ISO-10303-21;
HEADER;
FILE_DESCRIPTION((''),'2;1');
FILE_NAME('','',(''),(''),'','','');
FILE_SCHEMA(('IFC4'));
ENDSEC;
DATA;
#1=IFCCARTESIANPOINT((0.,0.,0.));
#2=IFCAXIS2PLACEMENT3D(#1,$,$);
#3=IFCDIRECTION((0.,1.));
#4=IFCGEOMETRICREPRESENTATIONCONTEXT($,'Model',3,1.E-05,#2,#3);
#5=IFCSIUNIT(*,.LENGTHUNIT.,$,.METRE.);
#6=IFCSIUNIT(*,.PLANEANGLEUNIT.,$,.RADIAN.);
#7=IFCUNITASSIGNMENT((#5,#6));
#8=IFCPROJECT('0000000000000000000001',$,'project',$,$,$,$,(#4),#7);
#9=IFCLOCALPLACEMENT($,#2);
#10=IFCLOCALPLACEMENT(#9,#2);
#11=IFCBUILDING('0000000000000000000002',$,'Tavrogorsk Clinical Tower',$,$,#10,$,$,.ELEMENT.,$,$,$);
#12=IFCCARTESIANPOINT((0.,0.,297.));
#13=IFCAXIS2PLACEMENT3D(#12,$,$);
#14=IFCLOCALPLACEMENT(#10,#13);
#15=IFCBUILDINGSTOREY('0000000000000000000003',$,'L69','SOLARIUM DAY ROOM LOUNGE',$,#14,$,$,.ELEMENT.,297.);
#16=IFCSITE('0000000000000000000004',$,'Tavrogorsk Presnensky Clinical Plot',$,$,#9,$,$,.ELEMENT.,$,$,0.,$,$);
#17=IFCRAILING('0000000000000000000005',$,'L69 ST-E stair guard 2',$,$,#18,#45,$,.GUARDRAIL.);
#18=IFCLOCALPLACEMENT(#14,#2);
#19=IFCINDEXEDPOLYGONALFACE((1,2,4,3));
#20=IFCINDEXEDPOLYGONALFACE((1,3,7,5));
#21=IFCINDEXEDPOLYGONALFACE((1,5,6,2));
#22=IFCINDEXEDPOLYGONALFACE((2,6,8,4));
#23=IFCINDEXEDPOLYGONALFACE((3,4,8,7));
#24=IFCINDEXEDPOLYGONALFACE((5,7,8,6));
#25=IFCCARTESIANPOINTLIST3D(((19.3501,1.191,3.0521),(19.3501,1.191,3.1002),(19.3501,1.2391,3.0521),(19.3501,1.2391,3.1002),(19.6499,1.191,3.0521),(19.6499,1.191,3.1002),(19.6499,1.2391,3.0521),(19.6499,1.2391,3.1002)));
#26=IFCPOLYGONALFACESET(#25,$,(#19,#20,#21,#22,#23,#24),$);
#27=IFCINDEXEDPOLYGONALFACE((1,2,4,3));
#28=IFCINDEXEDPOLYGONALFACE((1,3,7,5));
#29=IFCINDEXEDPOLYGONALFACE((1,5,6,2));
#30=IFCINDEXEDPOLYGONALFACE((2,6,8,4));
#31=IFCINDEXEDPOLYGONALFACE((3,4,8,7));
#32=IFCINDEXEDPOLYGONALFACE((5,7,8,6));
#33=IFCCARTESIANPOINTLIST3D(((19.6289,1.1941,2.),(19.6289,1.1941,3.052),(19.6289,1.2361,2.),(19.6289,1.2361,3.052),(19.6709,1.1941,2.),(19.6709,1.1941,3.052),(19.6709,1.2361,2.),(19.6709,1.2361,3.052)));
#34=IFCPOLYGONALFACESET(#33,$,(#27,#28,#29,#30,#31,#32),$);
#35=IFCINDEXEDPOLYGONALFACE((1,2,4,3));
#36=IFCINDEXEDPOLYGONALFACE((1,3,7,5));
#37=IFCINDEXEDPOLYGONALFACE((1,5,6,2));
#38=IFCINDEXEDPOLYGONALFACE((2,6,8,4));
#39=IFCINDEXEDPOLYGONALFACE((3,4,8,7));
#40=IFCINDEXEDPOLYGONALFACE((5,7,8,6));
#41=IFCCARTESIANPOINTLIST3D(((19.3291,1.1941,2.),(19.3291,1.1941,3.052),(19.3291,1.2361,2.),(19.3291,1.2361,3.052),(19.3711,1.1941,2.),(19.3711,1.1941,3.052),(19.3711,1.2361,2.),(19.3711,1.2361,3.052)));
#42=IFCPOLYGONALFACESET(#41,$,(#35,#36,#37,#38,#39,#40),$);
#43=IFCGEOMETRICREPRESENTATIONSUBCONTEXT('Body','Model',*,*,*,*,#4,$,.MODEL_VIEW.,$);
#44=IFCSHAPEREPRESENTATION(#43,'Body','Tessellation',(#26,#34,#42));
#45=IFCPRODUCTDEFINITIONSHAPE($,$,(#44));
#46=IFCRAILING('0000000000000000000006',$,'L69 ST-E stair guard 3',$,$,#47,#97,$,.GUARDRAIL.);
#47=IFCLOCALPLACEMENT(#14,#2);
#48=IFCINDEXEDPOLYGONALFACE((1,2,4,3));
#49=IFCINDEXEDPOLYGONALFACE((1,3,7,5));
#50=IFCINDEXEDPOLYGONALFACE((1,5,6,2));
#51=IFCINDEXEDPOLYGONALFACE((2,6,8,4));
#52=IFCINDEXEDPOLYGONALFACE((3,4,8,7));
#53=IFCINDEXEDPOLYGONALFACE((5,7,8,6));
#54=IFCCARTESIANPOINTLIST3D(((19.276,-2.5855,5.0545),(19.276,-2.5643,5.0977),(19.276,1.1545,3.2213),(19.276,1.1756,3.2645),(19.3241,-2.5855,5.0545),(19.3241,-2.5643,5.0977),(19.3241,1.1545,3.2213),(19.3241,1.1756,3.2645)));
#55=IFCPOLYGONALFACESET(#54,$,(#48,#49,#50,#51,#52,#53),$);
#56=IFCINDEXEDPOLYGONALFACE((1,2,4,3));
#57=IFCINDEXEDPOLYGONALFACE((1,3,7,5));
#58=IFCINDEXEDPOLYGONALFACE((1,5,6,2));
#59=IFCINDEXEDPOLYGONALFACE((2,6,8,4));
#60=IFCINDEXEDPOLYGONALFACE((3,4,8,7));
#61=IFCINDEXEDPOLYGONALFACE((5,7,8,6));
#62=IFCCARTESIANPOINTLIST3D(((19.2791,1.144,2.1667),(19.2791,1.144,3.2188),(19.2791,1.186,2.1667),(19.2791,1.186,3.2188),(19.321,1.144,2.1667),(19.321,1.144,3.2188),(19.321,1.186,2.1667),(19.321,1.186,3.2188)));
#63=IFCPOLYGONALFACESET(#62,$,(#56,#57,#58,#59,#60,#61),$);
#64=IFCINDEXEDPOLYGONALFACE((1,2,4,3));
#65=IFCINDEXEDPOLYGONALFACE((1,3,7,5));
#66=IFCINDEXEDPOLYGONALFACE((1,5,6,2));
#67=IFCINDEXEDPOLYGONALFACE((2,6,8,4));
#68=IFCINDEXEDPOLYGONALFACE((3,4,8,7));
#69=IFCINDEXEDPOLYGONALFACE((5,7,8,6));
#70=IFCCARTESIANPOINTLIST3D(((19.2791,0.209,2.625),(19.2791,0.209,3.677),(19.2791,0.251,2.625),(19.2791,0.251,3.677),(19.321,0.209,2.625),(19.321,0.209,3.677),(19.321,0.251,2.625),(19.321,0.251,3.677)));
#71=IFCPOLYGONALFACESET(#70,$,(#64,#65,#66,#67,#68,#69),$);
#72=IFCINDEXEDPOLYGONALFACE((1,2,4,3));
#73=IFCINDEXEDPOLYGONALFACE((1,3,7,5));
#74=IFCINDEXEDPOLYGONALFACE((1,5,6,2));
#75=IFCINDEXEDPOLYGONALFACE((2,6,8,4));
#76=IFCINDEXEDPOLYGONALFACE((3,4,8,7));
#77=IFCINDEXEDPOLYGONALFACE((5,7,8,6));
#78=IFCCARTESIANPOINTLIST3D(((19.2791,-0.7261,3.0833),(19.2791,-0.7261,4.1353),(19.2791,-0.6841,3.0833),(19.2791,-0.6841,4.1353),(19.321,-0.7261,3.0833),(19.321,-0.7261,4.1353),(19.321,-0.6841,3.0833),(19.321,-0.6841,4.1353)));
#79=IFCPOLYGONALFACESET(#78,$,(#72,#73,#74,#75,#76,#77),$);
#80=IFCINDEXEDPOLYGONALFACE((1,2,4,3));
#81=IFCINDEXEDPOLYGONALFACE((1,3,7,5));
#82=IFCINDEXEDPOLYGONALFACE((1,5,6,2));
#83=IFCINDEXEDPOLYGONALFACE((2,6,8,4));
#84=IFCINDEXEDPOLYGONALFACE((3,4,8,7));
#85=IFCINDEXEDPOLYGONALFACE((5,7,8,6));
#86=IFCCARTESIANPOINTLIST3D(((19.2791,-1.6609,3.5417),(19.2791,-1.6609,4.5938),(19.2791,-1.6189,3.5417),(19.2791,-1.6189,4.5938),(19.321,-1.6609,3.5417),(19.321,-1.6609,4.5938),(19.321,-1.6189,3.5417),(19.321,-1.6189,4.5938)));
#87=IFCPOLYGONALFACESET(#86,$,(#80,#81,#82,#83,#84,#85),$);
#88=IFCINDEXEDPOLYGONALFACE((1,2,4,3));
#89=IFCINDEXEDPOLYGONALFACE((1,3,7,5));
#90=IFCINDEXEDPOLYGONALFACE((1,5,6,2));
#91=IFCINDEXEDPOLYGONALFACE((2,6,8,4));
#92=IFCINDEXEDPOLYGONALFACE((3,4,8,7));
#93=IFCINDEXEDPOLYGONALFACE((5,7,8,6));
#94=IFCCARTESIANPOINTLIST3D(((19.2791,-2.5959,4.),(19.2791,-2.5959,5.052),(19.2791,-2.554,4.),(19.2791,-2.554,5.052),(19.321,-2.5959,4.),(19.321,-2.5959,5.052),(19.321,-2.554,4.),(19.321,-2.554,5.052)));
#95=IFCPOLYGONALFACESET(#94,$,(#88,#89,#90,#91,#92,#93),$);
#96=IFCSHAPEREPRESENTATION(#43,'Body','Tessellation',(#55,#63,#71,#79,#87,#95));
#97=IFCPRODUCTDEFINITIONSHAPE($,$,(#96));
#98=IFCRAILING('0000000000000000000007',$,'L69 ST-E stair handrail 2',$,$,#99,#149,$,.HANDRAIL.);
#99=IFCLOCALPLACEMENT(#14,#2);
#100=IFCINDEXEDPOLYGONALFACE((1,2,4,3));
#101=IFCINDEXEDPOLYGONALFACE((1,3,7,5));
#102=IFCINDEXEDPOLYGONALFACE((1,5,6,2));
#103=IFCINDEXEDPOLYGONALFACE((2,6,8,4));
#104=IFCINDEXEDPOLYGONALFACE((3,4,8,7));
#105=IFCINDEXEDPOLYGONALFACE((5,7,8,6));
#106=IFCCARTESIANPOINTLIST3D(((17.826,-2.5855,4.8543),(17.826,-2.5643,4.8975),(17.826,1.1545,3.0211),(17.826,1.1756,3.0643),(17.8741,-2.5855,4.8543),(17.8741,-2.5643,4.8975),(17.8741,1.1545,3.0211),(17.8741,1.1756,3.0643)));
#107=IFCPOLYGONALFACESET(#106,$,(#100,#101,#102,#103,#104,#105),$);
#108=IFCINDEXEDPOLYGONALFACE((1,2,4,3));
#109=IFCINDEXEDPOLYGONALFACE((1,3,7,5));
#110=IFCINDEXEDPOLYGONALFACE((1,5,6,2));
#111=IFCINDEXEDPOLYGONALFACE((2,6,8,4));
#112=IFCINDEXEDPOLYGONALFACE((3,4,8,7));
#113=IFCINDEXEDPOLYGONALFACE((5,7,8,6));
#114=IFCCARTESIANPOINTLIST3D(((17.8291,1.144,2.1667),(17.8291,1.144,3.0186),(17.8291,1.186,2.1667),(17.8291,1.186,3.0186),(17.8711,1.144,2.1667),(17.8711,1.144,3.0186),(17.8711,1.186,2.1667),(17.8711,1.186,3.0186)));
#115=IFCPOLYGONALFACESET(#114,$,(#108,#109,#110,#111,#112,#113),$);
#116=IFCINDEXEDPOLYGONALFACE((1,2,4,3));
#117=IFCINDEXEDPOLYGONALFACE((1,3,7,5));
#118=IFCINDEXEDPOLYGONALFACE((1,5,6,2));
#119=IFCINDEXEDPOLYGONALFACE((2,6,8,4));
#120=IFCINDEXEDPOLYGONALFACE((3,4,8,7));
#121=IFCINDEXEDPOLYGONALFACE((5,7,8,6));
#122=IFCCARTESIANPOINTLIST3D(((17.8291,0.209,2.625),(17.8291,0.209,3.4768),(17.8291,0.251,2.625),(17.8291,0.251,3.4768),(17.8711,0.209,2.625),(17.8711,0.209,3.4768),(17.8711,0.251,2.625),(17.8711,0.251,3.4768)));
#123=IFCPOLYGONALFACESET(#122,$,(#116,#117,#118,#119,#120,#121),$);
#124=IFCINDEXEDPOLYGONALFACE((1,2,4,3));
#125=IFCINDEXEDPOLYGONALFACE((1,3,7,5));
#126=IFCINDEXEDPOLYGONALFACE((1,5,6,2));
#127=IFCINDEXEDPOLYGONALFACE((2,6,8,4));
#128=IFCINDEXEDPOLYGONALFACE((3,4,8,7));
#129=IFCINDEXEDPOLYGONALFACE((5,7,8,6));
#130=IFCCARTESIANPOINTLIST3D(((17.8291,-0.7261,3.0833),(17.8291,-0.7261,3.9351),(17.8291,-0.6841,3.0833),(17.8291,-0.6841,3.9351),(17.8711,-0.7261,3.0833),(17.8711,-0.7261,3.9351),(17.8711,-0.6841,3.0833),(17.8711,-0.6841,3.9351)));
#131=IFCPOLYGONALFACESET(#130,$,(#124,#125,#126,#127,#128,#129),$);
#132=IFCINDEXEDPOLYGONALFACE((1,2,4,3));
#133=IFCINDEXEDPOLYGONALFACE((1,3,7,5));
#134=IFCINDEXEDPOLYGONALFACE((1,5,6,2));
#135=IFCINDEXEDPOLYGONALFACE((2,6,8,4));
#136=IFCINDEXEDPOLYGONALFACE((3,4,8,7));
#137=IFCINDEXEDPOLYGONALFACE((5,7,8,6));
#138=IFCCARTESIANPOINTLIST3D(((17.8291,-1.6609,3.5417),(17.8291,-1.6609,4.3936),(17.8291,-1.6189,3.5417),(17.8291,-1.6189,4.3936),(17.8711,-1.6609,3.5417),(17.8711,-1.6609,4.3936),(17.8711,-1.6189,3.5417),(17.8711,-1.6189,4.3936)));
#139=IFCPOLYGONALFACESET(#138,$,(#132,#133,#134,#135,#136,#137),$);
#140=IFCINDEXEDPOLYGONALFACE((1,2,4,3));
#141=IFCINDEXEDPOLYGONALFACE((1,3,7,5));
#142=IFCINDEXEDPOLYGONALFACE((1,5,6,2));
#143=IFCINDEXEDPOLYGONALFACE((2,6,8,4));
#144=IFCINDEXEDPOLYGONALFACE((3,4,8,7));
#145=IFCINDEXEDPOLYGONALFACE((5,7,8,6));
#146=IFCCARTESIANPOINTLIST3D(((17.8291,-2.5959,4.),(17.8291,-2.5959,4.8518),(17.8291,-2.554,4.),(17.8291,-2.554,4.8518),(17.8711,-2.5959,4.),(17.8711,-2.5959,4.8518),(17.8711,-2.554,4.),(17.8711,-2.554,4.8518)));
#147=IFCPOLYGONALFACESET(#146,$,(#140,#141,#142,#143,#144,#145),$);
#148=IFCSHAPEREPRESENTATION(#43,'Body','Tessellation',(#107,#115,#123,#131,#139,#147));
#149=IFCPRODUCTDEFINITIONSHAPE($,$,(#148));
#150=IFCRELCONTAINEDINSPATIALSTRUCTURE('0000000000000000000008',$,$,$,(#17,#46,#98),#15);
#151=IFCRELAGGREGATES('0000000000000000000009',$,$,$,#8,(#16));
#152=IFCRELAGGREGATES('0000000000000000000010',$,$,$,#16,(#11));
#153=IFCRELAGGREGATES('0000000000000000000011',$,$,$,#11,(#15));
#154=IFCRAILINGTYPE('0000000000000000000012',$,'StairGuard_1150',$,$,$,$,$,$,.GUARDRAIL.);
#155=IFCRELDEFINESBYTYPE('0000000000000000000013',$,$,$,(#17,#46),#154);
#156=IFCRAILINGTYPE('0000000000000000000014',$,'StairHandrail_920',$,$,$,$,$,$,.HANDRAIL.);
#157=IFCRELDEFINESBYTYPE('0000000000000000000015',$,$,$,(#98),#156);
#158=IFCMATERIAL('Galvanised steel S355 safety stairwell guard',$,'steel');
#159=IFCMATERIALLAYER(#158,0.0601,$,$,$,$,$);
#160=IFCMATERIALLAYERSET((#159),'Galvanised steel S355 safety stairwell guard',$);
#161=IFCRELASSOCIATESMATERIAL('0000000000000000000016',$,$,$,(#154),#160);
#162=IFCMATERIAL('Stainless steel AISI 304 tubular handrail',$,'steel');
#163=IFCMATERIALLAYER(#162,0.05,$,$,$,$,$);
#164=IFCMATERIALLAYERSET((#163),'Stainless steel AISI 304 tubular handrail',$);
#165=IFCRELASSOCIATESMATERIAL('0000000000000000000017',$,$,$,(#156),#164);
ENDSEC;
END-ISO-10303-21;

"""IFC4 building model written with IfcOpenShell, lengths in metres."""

from ifc_helpers import new_model, si_unit, direction, frame, origin, origin_2d, place, context, subcontext, project, spatial, rectangle, extrude, material, layer, layer_set, type_object, element, save


model = new_model("IFC4")

# Units and contexts
model_context = context("Model", 3, precision=1e-05, world=origin(), true_north=direction((0.0, 1.0)))
body_context = subcontext(model_context, "Body", "Model", "MODEL_VIEW")
ifc_project = project(units=[si_unit("LENGTHUNIT", "METRE"), si_unit("PLANEANGLEUNIT", "RADIAN")], contexts=[model_context])

# Site, building, storey
site_placement = place(None, origin())
site = spatial("IfcSite", under=ifc_project, at=site_placement, Name="Tavrogorsk Presnensky Clinical Plot", CompositionType="ELEMENT", RefElevation=0.0)
building_placement = place(site_placement, origin())
building = spatial("IfcBuilding", under=site, at=building_placement, Name="Tavrogorsk Clinical Tower", CompositionType="ELEMENT")
storey_placement = place(building_placement, frame((0.0, 0.0, 297.0)))
storey = spatial("IfcBuildingStorey", under=building, at=storey_placement, Name="L69", Description="SOLARIUM DAY ROOM LOUNGE", CompositionType="ELEMENT", Elevation=297.0)

# Railings
ifc_material_1 = material(Name="Galvanised steel S355 safety stairwell guard", Category="steel")
ifc_layer_1 = layer(ifc_material_1, 0.0601)
ifc_layer_set_1 = layer_set([ifc_layer_1], Name="Galvanised steel S355 safety stairwell guard")
railing_type_1 = type_object("IfcRailingType", Name="StairGuard_1150", PredefinedType="GUARDRAIL", material=ifc_layer_set_1)
railing_1_placement = place(storey_placement, frame((19.6499, 1.2151, 2.0)))
element("IfcRailing", 1, at=railing_1_placement, inside=storey, type_object=railing_type_1, Name="L69 ST-E stair guard 2", PredefinedType="GUARDRAIL", context=body_context, shape_type="SweptSolid", body=[
    extrude(rectangle(XDim=0.0481, YDim=0.0481, at=origin_2d()), frame((0.0, 0.0, 1.0762), z_axis=(-1.0, 0.0, 0.0), x_axis=(0.0, -1.0, 0.0)), (0.0, 0.0, 1.0), 0.2998),
    extrude(rectangle(XDim=0.042, YDim=0.042, at=origin_2d()), origin(), (0.0, 0.0, 1.0), 1.052),
    extrude(rectangle(XDim=0.042, YDim=0.042, at=origin_2d()), frame((-0.2998, 0.0, 0.0)), (0.0, 0.0, 1.0), 1.052),
])
railing_2_placement = place(storey_placement, frame((19.3, 1.165, 2.1667)))
element("IfcRailing", 2, at=railing_2_placement, inside=storey, type_object=railing_type_1, Name="L69 ST-E stair guard 3", PredefinedType="GUARDRAIL", context=body_context, shape_type="SweptSolid", body=[
    extrude(rectangle(XDim=0.0481, YDim=0.0481, at=origin_2d()), frame((0.0, 0.0, 1.0762), z_axis=(0.0, -0.897928, 0.440142), x_axis=(1.0, 0.0, 0.0)), (0.0, 0.0, 1.0), 4.165),
    extrude(rectangle(XDim=0.042, YDim=0.042, at=origin_2d()), origin(), (0.0, 0.0, 1.0), 1.052),
    extrude(rectangle(XDim=0.042, YDim=0.042, at=origin_2d()), frame((0.0, -0.9351, 0.4583)), (0.0, 0.0, 1.0), 1.052),
    extrude(rectangle(XDim=0.042, YDim=0.042, at=origin_2d()), frame((0.0, -1.8701, 0.9165)), (0.0, 0.0, 1.0), 1.052),
    extrude(rectangle(XDim=0.042, YDim=0.042, at=origin_2d()), frame((0.0, -2.8049, 1.375)), (0.0, 0.0, 1.0), 1.052),
    extrude(rectangle(XDim=0.042, YDim=0.042, at=origin_2d()), frame((0.0, -3.74, 1.8333)), (0.0, 0.0, 1.0), 1.052),
])
ifc_material_2 = material(Name="Stainless steel AISI 304 tubular handrail", Category="steel")
ifc_layer_2 = layer(ifc_material_2, 0.05)
ifc_layer_set_2 = layer_set([ifc_layer_2], Name="Stainless steel AISI 304 tubular handrail")
railing_type_2 = type_object("IfcRailingType", Name="StairHandrail_920", PredefinedType="HANDRAIL", material=ifc_layer_set_2)
railing_3_placement = place(storey_placement, frame((17.8501, 1.165, 2.1667)))
element("IfcRailing", 3, at=railing_3_placement, inside=storey, type_object=railing_type_2, Name="L69 ST-E stair handrail 2", PredefinedType="HANDRAIL", context=body_context, shape_type="SweptSolid", body=[
    extrude(rectangle(XDim=0.0481, YDim=0.0481, at=origin_2d()), frame((0.0, 0.0, 0.876), z_axis=(0.0, -0.897928, 0.440142), x_axis=(1.0, 0.0, 0.0)), (0.0, 0.0, 1.0), 4.165),
    extrude(rectangle(XDim=0.042, YDim=0.042, at=origin_2d()), origin(), (0.0, 0.0, 1.0), 0.8518),
    extrude(rectangle(XDim=0.042, YDim=0.042, at=origin_2d()), frame((0.0, -0.9351, 0.4583)), (0.0, 0.0, 1.0), 0.8518),
    extrude(rectangle(XDim=0.042, YDim=0.042, at=origin_2d()), frame((0.0, -1.8701, 0.9165)), (0.0, 0.0, 1.0), 0.8518),
    extrude(rectangle(XDim=0.042, YDim=0.042, at=origin_2d()), frame((0.0, -2.8049, 1.375)), (0.0, 0.0, 1.0), 0.8518),
    extrude(rectangle(XDim=0.042, YDim=0.042, at=origin_2d()), frame((0.0, -3.74, 1.8333)), (0.0, 0.0, 1.0), 0.8518),
])

save(model, "model.ifc")
